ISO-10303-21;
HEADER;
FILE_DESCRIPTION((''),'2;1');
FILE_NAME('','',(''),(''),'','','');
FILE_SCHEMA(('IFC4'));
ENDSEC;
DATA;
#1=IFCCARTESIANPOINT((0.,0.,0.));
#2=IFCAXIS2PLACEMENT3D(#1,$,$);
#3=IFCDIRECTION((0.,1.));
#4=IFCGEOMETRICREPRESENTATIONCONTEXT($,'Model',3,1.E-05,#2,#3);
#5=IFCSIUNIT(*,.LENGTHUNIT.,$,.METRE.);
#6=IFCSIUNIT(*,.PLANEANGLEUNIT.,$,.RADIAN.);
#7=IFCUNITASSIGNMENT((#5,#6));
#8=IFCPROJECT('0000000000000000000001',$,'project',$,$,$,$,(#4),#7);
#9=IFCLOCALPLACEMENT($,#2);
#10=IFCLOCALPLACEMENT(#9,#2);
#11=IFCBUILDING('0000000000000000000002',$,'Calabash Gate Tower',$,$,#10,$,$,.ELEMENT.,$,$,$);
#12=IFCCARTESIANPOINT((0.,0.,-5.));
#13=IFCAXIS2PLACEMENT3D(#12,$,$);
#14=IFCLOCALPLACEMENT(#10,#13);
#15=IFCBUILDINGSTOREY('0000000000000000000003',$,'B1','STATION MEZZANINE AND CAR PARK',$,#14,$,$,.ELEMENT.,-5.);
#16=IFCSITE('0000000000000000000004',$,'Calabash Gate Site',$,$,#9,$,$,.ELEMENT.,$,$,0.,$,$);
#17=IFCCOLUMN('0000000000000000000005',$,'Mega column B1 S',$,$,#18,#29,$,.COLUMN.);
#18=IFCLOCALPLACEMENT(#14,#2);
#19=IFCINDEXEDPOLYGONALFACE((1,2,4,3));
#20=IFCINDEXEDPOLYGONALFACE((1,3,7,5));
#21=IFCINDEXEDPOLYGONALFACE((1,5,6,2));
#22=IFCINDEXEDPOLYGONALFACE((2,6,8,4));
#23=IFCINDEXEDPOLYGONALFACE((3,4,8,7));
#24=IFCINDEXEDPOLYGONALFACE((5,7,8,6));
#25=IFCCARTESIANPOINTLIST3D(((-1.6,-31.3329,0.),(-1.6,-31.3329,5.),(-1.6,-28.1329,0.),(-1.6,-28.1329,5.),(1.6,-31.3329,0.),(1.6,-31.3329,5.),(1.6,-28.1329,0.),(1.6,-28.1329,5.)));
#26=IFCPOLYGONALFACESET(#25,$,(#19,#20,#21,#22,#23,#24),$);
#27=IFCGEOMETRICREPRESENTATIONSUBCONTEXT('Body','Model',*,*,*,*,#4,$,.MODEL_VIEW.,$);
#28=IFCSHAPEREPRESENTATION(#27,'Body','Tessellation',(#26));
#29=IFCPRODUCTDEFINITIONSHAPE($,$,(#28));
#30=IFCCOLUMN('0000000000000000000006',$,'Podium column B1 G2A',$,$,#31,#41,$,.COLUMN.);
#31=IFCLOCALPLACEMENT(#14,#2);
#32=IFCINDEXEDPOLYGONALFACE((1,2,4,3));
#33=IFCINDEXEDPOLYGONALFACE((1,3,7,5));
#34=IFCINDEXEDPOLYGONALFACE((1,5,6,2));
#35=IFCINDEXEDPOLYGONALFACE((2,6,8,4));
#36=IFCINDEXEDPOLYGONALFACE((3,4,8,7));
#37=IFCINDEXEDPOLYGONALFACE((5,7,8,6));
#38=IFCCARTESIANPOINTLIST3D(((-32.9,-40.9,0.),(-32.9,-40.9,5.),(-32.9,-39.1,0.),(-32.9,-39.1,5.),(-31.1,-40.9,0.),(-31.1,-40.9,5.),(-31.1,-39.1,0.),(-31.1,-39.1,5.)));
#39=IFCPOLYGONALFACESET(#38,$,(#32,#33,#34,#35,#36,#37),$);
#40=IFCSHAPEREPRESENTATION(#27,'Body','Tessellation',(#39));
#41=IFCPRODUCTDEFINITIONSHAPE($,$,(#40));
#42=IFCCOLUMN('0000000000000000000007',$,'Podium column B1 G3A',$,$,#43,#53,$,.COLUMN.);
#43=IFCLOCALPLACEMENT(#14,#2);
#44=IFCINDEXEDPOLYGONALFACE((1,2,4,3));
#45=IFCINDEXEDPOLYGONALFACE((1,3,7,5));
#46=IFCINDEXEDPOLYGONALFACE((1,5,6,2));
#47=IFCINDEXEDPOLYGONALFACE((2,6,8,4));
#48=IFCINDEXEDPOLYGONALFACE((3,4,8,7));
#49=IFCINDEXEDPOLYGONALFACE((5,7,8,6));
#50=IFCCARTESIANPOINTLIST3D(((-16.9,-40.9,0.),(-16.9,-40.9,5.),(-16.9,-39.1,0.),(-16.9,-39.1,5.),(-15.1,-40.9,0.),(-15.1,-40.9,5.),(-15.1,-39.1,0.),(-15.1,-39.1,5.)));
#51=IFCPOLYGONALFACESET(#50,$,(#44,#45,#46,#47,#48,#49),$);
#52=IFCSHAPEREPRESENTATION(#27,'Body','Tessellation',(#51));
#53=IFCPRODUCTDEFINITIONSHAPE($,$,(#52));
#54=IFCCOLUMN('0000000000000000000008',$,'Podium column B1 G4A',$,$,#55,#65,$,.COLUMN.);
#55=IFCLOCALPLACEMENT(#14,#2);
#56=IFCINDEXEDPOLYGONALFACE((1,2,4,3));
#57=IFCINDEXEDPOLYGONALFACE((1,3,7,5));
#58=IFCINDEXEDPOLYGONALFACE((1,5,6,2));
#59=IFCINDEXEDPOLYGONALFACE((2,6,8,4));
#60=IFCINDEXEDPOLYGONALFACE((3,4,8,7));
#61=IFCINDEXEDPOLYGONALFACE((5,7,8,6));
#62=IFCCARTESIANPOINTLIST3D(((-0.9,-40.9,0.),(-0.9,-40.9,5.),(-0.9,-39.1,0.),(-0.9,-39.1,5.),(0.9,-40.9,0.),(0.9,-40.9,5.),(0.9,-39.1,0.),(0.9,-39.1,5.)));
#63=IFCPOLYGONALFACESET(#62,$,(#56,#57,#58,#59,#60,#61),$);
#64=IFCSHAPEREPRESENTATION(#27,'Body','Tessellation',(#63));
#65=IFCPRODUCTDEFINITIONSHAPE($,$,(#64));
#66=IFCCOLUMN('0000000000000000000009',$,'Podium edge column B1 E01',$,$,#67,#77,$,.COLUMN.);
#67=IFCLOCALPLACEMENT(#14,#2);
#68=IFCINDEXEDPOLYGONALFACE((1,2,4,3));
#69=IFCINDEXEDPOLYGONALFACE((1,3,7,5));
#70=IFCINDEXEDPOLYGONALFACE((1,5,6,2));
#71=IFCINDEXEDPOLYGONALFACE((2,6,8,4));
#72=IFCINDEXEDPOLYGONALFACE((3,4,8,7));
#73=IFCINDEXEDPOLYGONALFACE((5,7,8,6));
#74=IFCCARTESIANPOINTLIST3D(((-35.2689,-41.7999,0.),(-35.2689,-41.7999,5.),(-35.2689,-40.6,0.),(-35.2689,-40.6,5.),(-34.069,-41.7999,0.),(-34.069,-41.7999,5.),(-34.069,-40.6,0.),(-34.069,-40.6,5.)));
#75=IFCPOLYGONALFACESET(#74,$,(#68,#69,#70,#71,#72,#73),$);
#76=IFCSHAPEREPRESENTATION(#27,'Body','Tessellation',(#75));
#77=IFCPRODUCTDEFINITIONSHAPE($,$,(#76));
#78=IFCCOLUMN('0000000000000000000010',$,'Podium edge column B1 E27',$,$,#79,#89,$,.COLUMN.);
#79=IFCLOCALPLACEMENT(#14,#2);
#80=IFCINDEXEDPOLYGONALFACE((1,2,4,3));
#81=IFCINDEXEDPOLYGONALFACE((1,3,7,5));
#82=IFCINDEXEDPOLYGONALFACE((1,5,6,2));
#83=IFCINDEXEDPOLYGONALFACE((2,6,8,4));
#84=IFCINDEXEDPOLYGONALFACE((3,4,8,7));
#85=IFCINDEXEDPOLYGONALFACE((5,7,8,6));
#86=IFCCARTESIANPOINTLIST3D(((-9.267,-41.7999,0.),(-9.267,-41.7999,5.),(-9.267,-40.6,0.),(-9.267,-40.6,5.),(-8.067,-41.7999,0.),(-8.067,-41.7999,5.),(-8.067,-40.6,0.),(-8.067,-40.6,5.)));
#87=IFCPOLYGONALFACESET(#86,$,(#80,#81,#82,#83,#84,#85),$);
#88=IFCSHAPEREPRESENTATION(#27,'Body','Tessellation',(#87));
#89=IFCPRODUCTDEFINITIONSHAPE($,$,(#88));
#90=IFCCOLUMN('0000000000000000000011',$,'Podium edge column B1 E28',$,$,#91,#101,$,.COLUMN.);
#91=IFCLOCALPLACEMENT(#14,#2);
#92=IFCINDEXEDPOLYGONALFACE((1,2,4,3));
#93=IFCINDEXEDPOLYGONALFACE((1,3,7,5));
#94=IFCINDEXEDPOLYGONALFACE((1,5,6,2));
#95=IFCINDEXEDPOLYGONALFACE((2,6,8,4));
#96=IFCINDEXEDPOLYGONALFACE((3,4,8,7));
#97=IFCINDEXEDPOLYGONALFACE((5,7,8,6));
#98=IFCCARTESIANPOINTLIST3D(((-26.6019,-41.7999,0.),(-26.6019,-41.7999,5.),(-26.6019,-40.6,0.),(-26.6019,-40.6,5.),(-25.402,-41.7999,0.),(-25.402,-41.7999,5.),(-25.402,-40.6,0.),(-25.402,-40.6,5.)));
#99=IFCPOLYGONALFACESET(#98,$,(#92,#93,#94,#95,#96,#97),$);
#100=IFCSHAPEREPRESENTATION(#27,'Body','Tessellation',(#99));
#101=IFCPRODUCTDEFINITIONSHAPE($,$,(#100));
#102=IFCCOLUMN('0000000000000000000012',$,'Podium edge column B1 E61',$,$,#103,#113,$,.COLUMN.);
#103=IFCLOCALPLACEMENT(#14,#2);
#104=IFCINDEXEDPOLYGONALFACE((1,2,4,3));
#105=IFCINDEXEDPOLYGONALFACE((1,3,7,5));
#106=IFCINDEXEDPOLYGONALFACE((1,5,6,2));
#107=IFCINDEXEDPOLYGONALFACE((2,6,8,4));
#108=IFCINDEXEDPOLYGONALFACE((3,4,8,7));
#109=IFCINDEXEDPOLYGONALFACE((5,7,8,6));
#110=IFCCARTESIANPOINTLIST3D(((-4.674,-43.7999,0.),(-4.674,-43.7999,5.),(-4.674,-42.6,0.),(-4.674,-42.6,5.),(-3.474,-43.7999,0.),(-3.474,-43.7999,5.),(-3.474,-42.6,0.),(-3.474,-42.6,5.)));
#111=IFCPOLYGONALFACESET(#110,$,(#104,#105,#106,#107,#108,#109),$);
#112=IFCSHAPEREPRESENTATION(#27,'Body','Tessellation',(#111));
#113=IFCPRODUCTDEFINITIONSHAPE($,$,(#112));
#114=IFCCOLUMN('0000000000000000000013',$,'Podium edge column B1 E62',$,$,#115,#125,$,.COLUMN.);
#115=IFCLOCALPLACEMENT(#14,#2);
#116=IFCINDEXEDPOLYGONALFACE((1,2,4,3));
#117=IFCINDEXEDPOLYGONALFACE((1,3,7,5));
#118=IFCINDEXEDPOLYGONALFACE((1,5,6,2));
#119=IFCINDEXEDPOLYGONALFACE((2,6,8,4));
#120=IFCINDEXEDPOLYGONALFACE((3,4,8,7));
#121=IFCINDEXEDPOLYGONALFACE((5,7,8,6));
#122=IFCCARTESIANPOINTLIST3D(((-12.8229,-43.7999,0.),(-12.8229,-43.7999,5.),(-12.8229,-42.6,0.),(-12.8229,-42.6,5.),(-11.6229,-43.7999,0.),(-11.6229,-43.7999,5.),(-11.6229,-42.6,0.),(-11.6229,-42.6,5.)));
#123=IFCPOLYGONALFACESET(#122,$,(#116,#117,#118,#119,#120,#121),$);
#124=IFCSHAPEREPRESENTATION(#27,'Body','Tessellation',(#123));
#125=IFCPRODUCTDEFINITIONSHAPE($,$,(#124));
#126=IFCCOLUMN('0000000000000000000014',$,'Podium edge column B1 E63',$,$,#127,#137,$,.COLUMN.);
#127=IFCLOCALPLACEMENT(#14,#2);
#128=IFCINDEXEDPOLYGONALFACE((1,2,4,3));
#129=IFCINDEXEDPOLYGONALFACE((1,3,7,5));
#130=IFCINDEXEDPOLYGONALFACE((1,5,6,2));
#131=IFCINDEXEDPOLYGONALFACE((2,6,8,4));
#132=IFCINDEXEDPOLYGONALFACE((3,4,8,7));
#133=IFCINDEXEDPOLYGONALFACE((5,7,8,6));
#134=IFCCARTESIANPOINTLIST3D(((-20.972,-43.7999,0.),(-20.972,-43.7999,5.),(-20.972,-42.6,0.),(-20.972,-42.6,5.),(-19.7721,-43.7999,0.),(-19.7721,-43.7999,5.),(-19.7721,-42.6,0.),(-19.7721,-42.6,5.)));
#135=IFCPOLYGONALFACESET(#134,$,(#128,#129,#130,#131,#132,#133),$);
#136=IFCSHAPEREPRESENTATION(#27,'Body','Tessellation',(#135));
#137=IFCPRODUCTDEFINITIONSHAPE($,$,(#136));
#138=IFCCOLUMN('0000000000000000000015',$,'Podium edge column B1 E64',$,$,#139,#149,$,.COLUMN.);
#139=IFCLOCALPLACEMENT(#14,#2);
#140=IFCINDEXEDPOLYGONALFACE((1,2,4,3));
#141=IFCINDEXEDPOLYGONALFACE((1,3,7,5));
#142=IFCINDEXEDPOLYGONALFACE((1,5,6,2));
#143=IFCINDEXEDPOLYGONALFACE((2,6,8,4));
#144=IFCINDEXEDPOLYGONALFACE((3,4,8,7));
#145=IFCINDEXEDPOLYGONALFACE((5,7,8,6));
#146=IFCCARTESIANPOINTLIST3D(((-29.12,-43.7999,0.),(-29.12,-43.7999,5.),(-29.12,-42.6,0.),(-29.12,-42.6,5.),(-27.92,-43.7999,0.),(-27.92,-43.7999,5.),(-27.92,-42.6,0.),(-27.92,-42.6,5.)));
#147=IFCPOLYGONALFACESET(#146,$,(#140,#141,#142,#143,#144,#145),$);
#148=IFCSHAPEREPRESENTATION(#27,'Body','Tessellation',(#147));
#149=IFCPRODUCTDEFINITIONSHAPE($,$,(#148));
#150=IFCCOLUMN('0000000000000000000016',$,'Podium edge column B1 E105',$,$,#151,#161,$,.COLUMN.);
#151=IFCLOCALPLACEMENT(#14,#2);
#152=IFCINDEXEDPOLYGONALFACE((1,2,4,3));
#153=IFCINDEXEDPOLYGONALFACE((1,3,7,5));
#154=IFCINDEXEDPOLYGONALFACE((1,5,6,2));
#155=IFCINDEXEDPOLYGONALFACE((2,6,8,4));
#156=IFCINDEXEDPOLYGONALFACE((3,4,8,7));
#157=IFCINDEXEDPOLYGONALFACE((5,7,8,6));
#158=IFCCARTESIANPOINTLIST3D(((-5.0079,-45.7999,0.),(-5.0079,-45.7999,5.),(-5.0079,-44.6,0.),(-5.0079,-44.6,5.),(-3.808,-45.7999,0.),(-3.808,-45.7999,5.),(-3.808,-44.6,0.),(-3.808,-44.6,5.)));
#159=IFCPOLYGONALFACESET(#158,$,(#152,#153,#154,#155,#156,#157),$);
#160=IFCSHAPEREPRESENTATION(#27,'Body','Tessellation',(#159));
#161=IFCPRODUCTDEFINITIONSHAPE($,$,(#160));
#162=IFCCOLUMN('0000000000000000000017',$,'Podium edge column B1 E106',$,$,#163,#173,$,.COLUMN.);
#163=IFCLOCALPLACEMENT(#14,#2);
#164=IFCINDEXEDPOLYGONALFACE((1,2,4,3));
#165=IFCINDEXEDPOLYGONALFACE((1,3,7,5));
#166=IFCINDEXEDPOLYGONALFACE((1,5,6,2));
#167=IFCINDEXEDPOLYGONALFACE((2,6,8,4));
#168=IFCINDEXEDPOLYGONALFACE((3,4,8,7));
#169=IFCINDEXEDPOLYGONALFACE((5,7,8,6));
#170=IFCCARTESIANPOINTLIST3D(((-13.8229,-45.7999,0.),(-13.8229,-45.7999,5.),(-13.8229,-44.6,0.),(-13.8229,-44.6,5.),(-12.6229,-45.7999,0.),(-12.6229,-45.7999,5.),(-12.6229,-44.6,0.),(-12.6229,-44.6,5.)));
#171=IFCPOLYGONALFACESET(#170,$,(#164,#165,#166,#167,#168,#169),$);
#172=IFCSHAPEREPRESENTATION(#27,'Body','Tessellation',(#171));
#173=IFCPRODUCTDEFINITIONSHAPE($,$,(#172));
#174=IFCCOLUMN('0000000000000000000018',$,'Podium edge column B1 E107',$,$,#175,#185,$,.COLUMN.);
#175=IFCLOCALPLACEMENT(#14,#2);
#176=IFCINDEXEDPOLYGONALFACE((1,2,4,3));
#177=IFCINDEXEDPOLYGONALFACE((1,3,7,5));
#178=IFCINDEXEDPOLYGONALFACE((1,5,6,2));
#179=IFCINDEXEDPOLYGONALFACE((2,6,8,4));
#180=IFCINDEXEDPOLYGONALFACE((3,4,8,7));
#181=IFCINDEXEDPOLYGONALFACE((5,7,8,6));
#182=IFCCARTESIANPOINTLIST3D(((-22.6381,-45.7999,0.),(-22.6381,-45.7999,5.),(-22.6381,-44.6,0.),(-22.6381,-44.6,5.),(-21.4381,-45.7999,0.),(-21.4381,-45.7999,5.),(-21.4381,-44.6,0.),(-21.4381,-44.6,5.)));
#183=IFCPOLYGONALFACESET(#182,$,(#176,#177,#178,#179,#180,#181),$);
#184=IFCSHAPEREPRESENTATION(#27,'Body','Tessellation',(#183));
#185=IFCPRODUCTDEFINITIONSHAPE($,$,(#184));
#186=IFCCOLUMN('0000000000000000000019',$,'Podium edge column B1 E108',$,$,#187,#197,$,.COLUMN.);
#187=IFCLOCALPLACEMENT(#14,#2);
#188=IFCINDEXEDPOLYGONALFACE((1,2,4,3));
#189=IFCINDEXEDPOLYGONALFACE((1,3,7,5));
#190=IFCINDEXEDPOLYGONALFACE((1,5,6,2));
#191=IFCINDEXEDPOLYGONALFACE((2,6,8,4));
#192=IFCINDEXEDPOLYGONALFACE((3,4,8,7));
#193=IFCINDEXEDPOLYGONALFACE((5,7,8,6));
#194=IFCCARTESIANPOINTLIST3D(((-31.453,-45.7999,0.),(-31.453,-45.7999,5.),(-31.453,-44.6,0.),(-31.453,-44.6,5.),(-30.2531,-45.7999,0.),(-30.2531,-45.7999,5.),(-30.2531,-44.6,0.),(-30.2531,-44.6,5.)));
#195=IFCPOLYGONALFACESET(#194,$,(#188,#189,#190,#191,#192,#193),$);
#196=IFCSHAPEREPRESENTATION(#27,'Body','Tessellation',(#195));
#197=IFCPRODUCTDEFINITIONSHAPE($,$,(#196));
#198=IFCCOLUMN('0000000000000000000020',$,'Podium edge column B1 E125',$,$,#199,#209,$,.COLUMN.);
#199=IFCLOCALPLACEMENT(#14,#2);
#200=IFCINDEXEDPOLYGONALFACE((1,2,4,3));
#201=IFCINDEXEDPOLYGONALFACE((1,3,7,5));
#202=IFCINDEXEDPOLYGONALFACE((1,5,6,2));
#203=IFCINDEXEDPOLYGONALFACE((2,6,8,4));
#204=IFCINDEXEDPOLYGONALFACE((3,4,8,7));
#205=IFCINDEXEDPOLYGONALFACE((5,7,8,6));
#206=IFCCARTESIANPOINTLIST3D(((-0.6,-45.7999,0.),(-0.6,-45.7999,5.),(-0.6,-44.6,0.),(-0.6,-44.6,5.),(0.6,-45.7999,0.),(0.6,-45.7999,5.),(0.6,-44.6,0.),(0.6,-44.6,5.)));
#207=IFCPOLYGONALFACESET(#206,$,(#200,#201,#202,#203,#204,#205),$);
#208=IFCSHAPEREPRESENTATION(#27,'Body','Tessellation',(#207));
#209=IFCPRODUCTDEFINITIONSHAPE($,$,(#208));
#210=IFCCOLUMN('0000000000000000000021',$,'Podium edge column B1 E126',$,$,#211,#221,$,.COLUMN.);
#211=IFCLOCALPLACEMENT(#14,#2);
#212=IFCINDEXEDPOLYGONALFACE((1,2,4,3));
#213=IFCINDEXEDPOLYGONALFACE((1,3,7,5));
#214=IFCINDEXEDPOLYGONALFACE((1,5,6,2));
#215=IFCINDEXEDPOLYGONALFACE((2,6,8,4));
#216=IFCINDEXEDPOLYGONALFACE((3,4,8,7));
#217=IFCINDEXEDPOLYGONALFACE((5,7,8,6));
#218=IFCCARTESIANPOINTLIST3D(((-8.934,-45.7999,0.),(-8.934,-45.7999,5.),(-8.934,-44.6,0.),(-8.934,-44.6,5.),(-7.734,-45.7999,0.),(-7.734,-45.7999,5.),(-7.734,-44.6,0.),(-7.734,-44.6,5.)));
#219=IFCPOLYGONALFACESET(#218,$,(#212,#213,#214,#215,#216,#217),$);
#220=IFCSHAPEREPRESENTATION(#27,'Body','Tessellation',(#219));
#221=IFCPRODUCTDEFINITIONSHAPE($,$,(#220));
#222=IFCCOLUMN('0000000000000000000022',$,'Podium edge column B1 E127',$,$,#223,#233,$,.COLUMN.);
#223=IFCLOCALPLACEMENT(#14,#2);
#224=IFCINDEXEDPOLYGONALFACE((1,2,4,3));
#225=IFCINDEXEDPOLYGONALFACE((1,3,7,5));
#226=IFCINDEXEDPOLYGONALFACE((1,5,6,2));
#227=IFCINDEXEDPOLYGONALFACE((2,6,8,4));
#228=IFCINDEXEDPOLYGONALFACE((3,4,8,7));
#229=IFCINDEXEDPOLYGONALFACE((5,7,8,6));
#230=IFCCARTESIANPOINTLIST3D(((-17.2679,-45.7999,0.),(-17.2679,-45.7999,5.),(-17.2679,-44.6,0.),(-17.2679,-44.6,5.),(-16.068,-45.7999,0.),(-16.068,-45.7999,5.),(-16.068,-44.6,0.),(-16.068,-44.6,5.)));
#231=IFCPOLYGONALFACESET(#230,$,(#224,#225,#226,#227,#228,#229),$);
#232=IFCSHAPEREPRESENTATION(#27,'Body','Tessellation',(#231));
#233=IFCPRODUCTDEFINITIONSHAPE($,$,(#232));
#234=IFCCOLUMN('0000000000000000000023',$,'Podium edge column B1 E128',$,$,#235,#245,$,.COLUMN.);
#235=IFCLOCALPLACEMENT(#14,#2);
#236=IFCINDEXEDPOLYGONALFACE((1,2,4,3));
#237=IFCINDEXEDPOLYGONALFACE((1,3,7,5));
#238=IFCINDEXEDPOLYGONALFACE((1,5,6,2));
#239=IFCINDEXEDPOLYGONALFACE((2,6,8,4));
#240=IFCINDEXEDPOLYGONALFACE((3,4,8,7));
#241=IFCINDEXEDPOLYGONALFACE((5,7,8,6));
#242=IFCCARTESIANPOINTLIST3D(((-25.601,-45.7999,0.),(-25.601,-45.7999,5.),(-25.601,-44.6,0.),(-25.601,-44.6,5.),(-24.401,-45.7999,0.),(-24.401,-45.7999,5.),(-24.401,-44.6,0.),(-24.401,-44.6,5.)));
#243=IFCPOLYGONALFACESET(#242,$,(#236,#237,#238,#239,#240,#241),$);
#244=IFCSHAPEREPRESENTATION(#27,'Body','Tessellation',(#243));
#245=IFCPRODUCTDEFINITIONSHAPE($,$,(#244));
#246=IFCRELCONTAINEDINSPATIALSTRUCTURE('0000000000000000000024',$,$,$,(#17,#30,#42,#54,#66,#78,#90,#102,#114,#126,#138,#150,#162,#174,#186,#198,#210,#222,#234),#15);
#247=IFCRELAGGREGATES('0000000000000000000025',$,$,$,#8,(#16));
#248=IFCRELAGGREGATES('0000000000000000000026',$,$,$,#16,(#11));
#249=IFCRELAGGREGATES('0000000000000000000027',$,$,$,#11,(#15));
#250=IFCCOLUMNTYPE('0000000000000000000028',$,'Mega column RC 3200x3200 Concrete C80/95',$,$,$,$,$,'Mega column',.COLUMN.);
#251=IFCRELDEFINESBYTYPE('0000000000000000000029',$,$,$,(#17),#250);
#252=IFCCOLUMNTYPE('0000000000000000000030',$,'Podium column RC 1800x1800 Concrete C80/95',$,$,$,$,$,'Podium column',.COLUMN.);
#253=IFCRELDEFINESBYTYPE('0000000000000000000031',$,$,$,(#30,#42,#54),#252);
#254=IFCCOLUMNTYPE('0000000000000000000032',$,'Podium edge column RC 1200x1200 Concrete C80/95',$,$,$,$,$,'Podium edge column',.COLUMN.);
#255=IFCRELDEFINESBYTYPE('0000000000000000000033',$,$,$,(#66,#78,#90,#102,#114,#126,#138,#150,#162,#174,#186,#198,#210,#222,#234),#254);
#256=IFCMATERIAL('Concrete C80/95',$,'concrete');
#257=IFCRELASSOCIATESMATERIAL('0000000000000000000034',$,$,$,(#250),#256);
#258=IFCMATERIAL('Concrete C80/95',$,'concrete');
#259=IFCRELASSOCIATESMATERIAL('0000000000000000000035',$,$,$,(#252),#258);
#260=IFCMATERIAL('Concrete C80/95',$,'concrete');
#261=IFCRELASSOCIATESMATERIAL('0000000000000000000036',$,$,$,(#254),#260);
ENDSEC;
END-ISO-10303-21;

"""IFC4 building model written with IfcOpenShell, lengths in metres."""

from ifc_helpers import new_model, si_unit, direction, frame, origin, origin_2d, place, context, subcontext, project, spatial, rectangle, extrude, material, material_profile, profile_set, type_object, element, save


model = new_model("IFC4")

# Units and contexts
model_context = context("Model", 3, precision=1e-05, world=origin(), true_north=direction((0.0, 1.0)))
body_context = subcontext(model_context, "Body", "Model", "MODEL_VIEW")
ifc_project = project(units=[si_unit("LENGTHUNIT", "METRE"), si_unit("PLANEANGLEUNIT", "RADIAN")], contexts=[model_context])

# Site, building, storey
site_placement = place(None, origin())
site = spatial("IfcSite", under=ifc_project, at=site_placement, Name="Calabash Gate Site", CompositionType="ELEMENT", RefElevation=0.0)
building_placement = place(site_placement, origin())
building = spatial("IfcBuilding", under=site, at=building_placement, Name="Calabash Gate Tower", CompositionType="ELEMENT")
storey_placement = place(building_placement, frame((0.0, 0.0, -5.0)))
storey = spatial("IfcBuildingStorey", under=building, at=storey_placement, Name="B1", Description="STATION MEZZANINE AND CAR PARK", CompositionType="ELEMENT", Elevation=-5.0)

# Columns
ifc_material_1 = material(Name="Concrete C80/95", Category="concrete")
ifc_material_profile_1 = material_profile(ifc_material_1, rectangle(XDim=3.2, YDim=3.2, at=origin_2d()))
ifc_profile_set_1 = profile_set([ifc_material_profile_1], Name="Concrete C80/95")
column_type_1 = type_object("IfcColumnType", Name="Mega column RC 3200x3200 Concrete C80/95", ElementType="Mega column", PredefinedType="COLUMN", material=ifc_profile_set_1)
column_placement = place(storey_placement, frame((0.0, -29.7329, 0.0), z_axis=(0.0, 0.0, 1.0), x_axis=(0.0, 1.0, 0.0)))
element("IfcColumn", 1, at=column_placement, inside=storey, type_object=column_type_1, Name="Mega column B1 S", PredefinedType="COLUMN", context=body_context, shape_type="SweptSolid", body=[
    extrude(rectangle(XDim=3.2, YDim=3.2, at=origin_2d()), origin(), (0.0, 0.0, 1.0), 5.0),
])
ifc_material_2 = material(Name="Concrete C80/95", Category="concrete")
ifc_material_profile_2 = material_profile(ifc_material_2, rectangle(XDim=1.8, YDim=1.8, at=origin_2d()))
ifc_profile_set_2 = profile_set([ifc_material_profile_2], Name="Concrete C80/95")
column_type_2 = type_object("IfcColumnType", Name="Podium column RC 1800x1800 Concrete C80/95", ElementType="Podium column", PredefinedType="COLUMN", material=ifc_profile_set_2)
for number, where, z_axis, x_axis, name in (
    (2, (-32.0, -40.0, 0.0), (0.0, 0.0, 1.0), (1.0, 0.0, 0.0), "Podium column B1 G2A"),
    (3, (-16.0, -40.0, 0.0), (0.0, 0.0, 1.0), (1.0, 0.0, 0.0), "Podium column B1 G3A"),
    (4, (0.0, -40.0, 0.0), (0.0, 0.0, 1.0), (1.0, 0.0, 0.0), "Podium column B1 G4A"),
):
    element("IfcColumn", number, at=place(storey_placement, frame(where, z_axis=z_axis, x_axis=x_axis)), inside=storey, type_object=column_type_2, Name=name, PredefinedType="COLUMN", context=body_context, shape_type="SweptSolid", body=[
        extrude(rectangle(XDim=1.8, YDim=1.8, at=origin_2d()), origin(), (0.0, 0.0, 1.0), 5.0),
    ])
ifc_material_3 = material(Name="Concrete C80/95", Category="concrete")
ifc_material_profile_3 = material_profile(ifc_material_3, rectangle(XDim=1.2, YDim=1.2, at=origin_2d()))
ifc_profile_set_3 = profile_set([ifc_material_profile_3], Name="Concrete C80/95")
column_type_3 = type_object("IfcColumnType", Name="Podium edge column RC 1200x1200 Concrete C80/95", ElementType="Podium edge column", PredefinedType="COLUMN", material=ifc_profile_set_3)
for number, where, z_axis, x_axis, name in (
    (5, (-34.6689, -41.2, 0.0), (0.0, 0.0, 1.0), (1.0, 0.0, 0.0), "Podium edge column B1 E01"),
    (6, (-8.667, -41.2, 0.0), (0.0, 0.0, 1.0), (1.0, 0.0, 0.0), "Podium edge column B1 E27"),
    (7, (-26.002, -41.2, 0.0), (0.0, 0.0, 1.0), (1.0, 0.0, 0.0), "Podium edge column B1 E28"),
    (8, (-4.074, -43.2, 0.0), (0.0, 0.0, 1.0), (1.0, 0.0, 0.0), "Podium edge column B1 E61"),
    (9, (-12.2229, -43.2, 0.0), (0.0, 0.0, 1.0), (1.0, 0.0, 0.0), "Podium edge column B1 E62"),
    (10, (-20.3721, -43.2, 0.0), (0.0, 0.0, 1.0), (1.0, 0.0, 0.0), "Podium edge column B1 E63"),
    (11, (-28.52, -43.2, 0.0), (0.0, 0.0, 1.0), (1.0, 0.0, 0.0), "Podium edge column B1 E64"),
    (12, (-4.408, -45.2, 0.0), (0.0, 0.0, 1.0), (1.0, 0.0, 0.0), "Podium edge column B1 E105"),
    (13, (-13.2229, -45.2, 0.0), (0.0, 0.0, 1.0), (1.0, 0.0, 0.0), "Podium edge column B1 E106"),
    (14, (-22.0381, -45.2, 0.0), (0.0, 0.0, 1.0), (1.0, 0.0, 0.0), "Podium edge column B1 E107"),
    (15, (-30.853, -45.2, 0.0), (0.0, 0.0, 1.0), (1.0, 0.0, 0.0), "Podium edge column B1 E108"),
    (16, (0.0, -45.2, 0.0), (0.0, 0.0, 1.0), (1.0, 0.0, 0.0), "Podium edge column B1 E125"),
    (17, (-8.334, -45.2, 0.0), (0.0, 0.0, 1.0), (1.0, 0.0, 0.0), "Podium edge column B1 E126"),
    (18, (-16.668, -45.2, 0.0), (0.0, 0.0, 1.0), (1.0, 0.0, 0.0), "Podium edge column B1 E127"),
    (19, (-25.001, -45.2, 0.0), (0.0, 0.0, 1.0), (1.0, 0.0, 0.0), "Podium edge column B1 E128"),
):
    element("IfcColumn", number, at=place(storey_placement, frame(where, z_axis=z_axis, x_axis=x_axis)), inside=storey, type_object=column_type_3, Name=name, PredefinedType="COLUMN", context=body_context, shape_type="SweptSolid", body=[
        extrude(rectangle(XDim=1.2, YDim=1.2, at=origin_2d()), origin(), (0.0, 0.0, 1.0), 5.0),
    ])

save(model, "model.ifc")
